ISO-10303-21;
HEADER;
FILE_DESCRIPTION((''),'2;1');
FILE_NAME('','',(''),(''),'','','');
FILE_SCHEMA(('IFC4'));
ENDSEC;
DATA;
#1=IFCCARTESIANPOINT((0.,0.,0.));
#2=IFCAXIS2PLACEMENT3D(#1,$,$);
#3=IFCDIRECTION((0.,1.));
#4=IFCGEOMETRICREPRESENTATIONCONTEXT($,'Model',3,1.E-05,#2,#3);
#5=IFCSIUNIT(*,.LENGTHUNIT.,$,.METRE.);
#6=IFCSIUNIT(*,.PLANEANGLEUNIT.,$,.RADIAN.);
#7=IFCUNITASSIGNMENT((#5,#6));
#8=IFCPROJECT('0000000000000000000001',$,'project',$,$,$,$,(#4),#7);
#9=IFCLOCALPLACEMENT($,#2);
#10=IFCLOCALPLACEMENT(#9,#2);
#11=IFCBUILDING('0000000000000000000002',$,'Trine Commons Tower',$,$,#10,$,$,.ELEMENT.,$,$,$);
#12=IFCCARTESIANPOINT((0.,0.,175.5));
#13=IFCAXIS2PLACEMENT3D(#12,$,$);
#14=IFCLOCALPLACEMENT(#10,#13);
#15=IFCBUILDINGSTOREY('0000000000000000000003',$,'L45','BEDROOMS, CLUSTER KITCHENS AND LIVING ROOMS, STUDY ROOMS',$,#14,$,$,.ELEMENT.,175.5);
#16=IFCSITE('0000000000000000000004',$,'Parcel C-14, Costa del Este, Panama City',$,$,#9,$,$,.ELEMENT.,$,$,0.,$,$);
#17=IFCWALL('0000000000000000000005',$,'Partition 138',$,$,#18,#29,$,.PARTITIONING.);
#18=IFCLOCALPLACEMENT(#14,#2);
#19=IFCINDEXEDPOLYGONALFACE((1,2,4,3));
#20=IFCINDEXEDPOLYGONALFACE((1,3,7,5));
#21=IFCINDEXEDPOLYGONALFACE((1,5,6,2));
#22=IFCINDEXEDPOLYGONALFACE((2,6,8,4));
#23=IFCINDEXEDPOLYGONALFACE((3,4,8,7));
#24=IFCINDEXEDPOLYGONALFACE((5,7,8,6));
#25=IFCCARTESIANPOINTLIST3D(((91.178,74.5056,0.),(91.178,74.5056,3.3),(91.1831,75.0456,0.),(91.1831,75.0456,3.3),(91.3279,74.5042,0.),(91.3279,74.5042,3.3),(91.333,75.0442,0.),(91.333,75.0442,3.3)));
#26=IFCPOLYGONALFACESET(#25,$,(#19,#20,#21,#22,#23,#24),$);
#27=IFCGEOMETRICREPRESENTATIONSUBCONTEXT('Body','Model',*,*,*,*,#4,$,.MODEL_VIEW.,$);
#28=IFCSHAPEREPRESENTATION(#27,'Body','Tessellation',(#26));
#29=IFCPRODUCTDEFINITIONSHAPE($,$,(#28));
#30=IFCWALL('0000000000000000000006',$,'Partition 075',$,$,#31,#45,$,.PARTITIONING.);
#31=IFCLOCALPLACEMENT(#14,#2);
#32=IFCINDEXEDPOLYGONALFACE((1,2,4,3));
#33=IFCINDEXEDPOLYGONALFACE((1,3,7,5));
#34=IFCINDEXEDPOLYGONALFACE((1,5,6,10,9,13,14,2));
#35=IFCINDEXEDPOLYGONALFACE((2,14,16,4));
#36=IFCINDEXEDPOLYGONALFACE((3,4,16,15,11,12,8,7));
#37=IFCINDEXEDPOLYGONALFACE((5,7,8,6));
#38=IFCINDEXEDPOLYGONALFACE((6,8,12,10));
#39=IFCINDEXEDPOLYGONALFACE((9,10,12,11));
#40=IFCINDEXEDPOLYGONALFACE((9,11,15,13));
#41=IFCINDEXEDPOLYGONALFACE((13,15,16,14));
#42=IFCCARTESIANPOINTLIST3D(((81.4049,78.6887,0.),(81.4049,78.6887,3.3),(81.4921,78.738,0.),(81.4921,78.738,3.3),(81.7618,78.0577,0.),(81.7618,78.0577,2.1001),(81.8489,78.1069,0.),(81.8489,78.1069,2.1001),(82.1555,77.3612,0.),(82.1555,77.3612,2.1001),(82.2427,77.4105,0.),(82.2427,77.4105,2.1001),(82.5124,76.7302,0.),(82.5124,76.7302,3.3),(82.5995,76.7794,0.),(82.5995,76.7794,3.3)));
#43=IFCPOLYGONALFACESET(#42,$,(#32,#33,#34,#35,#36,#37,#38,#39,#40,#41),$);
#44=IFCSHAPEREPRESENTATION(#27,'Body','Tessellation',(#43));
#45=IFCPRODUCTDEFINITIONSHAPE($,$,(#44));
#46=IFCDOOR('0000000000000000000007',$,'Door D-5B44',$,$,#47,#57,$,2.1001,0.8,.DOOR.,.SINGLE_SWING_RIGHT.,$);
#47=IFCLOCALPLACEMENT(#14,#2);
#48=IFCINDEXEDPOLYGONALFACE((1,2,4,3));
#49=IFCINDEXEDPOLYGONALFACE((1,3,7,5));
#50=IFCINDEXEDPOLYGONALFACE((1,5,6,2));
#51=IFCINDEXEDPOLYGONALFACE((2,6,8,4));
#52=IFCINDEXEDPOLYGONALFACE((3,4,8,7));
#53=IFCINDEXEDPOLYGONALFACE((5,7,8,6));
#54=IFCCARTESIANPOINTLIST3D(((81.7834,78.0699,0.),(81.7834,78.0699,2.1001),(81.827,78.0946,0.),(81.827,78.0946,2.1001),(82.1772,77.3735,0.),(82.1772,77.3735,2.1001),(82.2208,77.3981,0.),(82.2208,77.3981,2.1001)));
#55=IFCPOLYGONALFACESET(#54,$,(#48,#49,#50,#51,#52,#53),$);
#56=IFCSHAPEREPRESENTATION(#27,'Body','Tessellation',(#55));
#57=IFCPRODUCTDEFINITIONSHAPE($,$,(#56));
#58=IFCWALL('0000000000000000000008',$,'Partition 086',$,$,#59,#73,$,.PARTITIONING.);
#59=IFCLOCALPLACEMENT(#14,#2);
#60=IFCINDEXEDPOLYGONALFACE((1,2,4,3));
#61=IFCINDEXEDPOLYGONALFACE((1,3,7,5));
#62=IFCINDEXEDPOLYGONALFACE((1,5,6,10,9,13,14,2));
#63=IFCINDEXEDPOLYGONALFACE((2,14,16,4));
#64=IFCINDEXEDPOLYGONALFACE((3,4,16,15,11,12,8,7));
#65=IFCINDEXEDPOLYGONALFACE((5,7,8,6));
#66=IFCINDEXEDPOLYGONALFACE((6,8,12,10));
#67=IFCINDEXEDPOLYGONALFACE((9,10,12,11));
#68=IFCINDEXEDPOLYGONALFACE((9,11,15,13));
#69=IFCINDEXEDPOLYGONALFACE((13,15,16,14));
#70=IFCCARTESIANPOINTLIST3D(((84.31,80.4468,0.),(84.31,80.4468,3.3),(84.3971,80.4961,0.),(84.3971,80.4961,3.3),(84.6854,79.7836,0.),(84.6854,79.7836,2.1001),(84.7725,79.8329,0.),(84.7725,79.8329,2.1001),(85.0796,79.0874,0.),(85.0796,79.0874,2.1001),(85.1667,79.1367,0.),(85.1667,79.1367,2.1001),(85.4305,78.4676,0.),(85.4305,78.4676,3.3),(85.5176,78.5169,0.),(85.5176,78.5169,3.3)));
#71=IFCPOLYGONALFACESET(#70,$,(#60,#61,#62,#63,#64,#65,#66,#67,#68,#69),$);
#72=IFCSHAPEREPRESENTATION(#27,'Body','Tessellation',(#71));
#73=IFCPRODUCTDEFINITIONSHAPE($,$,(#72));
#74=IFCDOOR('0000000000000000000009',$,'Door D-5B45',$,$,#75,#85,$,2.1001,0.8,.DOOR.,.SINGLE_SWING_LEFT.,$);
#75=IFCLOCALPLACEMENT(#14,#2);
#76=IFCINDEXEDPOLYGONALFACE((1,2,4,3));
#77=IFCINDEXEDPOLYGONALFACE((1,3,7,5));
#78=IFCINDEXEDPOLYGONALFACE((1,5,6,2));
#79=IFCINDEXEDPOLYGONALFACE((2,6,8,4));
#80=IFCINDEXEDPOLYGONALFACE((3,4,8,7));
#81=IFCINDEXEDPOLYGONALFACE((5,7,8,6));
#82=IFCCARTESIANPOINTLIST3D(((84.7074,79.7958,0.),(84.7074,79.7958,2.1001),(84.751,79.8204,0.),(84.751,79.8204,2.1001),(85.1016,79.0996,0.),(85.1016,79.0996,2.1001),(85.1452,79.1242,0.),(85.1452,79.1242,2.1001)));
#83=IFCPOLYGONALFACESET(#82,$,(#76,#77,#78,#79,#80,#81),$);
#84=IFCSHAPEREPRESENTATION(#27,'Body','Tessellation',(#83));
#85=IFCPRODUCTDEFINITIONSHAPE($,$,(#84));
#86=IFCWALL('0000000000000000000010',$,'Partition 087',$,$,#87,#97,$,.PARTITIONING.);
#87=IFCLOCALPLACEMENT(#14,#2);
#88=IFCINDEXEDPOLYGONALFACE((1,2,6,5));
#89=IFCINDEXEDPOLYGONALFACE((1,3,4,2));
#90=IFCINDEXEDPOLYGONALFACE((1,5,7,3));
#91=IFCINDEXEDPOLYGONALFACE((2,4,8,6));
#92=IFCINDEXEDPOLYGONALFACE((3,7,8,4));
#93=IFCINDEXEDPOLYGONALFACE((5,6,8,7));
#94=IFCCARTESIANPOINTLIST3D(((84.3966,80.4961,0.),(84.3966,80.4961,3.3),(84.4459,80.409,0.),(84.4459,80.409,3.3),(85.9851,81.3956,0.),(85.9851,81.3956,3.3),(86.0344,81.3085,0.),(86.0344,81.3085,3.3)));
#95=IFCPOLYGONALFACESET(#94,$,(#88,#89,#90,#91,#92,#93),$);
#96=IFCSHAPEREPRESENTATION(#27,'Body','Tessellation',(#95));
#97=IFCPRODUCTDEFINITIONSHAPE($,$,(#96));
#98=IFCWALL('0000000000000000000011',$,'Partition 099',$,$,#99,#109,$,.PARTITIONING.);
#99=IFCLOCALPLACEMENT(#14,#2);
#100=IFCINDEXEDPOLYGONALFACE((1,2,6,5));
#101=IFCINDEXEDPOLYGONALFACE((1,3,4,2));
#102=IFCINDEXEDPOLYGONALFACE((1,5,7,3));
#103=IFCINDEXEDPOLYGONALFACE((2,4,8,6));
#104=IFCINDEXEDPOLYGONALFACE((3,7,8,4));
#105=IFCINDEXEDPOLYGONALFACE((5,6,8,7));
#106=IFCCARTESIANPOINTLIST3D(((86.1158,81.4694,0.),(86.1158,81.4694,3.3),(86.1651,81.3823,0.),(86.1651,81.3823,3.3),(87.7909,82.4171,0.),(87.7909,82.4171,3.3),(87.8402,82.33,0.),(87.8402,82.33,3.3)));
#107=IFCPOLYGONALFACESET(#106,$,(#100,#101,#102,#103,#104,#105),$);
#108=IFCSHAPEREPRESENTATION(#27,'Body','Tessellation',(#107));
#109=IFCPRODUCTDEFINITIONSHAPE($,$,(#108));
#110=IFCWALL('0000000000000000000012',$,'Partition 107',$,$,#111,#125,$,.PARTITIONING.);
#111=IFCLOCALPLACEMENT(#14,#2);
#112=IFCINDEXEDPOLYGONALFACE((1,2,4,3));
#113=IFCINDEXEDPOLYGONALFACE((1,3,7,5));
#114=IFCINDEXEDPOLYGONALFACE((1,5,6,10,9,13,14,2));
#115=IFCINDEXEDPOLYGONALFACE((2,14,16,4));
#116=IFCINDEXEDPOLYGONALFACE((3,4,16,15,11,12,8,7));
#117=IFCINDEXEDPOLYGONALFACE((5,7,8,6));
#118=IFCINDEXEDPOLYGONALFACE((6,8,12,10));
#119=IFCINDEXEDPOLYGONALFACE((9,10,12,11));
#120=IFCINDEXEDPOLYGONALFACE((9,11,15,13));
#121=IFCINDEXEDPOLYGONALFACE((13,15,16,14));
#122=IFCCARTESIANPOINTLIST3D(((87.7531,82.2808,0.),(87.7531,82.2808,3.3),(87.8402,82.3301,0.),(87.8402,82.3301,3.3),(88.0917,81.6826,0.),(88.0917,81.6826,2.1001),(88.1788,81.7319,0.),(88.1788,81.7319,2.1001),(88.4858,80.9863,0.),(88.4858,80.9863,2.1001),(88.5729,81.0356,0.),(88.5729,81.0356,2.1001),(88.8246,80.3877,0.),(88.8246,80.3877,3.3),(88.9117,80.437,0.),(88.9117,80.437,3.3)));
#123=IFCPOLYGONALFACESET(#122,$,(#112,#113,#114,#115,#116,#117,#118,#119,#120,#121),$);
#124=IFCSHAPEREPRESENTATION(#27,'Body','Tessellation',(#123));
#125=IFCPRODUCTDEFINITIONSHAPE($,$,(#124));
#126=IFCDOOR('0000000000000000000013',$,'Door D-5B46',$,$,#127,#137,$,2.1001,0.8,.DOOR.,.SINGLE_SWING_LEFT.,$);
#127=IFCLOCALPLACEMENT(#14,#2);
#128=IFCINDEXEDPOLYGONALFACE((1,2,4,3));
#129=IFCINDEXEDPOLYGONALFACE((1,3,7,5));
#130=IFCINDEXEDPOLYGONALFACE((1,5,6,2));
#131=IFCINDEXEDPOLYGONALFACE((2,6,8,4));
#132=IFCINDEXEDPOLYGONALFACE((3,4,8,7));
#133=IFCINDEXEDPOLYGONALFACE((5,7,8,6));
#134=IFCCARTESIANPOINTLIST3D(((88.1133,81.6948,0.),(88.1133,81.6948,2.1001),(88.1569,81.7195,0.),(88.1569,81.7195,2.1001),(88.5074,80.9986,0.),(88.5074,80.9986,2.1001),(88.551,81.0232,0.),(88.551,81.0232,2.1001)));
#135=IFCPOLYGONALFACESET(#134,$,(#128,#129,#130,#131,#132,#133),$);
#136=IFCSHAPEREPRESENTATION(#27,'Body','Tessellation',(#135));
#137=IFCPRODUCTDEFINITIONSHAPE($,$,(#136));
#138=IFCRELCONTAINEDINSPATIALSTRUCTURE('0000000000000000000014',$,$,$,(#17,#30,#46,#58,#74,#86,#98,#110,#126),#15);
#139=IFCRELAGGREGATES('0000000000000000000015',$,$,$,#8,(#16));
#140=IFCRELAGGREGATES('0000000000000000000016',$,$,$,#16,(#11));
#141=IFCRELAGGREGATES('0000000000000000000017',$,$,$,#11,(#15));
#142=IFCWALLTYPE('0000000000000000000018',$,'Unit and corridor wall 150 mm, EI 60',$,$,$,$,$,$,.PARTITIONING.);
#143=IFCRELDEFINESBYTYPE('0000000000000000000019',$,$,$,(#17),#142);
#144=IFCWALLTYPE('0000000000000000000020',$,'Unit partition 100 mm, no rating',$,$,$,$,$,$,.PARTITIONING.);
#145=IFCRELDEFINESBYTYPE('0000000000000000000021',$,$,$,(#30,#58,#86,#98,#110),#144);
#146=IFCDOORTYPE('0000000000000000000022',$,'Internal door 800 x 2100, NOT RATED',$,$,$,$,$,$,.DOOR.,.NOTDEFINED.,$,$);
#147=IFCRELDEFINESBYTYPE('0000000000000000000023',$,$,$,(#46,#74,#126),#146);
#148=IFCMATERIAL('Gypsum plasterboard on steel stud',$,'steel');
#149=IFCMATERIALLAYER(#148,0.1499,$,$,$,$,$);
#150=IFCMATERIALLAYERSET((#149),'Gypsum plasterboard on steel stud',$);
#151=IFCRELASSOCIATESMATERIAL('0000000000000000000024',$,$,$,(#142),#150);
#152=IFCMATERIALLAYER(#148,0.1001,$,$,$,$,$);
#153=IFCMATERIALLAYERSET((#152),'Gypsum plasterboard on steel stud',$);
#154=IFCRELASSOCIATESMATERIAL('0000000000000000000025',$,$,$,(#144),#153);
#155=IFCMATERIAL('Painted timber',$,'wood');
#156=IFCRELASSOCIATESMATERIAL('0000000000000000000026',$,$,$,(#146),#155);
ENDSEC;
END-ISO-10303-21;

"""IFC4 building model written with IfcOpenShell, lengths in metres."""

from ifc_helpers import new_model, si_unit, direction, frame, frame_2d, origin, place, context, subcontext, project, spatial, rectangle, extrude, material, layer, layer_set, type_object, element, fill, save


model = new_model("IFC4")

# Units and contexts
model_context = context("Model", 3, precision=1e-05, world=origin(), true_north=direction((0.0, 1.0)))
body_context = subcontext(model_context, "Body", "Model", "MODEL_VIEW")
ifc_project = project(units=[si_unit("LENGTHUNIT", "METRE"), si_unit("PLANEANGLEUNIT", "RADIAN")], contexts=[model_context])

# Site, building, storey
site_placement = place(None, origin())
site = spatial("IfcSite", under=ifc_project, at=site_placement, Name="Parcel C-14, Costa del Este, Panama City", CompositionType="ELEMENT", RefElevation=0.0)
building_placement = place(site_placement, origin())
building = spatial("IfcBuilding", under=site, at=building_placement, Name="Trine Commons Tower", CompositionType="ELEMENT")
storey_placement = place(building_placement, frame((0.0, 0.0, 175.5)))
storey = spatial("IfcBuildingStorey", under=building, at=storey_placement, Name="L45", Description="BEDROOMS, CLUSTER KITCHENS AND LIVING ROOMS, STUDY ROOMS", CompositionType="ELEMENT", Elevation=175.5)

# Shared definitions
ifc_material_1 = material(Name="Gypsum plasterboard on steel stud", Category="steel")
ifc_layer_1 = layer(ifc_material_1, 0.1499)
ifc_layer_set_1 = layer_set([ifc_layer_1], Name="Gypsum plasterboard on steel stud")
wall_type_1 = type_object("IfcWallType", Name="Unit and corridor wall 150 mm, EI 60", PredefinedType="PARTITIONING", material=ifc_layer_set_1)

# Wall
wall_1_placement = place(storey_placement, frame((91.2529, 74.5049, 0.0), z_axis=(0.0, 0.0, 1.0), x_axis=(0.009493, 0.999955, 0.0)))
element("IfcWall", 1, at=wall_1_placement, inside=storey, type_object=wall_type_1, Name="Partition 138", PredefinedType="PARTITIONING", context=body_context, shape_type="SweptSolid", body=[
    extrude(rectangle(XDim=0.54, YDim=0.1499, at=frame_2d((0.27, 0.0))), origin(), (0.0, 0.0, 1.0), 3.3),
])

# Walls, openings, doors
ifc_layer_2 = layer(ifc_material_1, 0.1001)
ifc_layer_set_2 = layer_set([ifc_layer_2], Name="Gypsum plasterboard on steel stud")
wall_type_2 = type_object("IfcWallType", Name="Unit partition 100 mm, no rating", PredefinedType="PARTITIONING", material=ifc_layer_set_2)
wall_2_placement = place(storey_placement, frame((81.4485, 78.7134, 0.0), z_axis=(0.0, 0.0, 1.0), x_axis=(0.492207, -0.870478, 0.0)))
wall_2 = element("IfcWall", 2, at=wall_2_placement, inside=storey, type_object=wall_type_2, Name="Partition 075", PredefinedType="PARTITIONING", context=body_context, shape_type="SweptSolid", body=[
    extrude(rectangle(XDim=2.25, YDim=0.1001, at=frame_2d((1.125, 0.0))), origin(), (0.0, 0.0, 1.0), 3.3),
])
opening_1_placement = place(wall_2_placement, frame((0.7251, 0.0, 0.0)))
opening_1 = element("IfcOpeningElement", 3, at=opening_1_placement, cuts=wall_2, PredefinedType="OPENING", context=body_context, shape_type="SweptSolid", body=[
    extrude(rectangle(XDim=0.8, YDim=2.1001, at=frame_2d((0.3999, 1.05))), frame((0.0, 0.0601, 0.0), z_axis=(0.0, -1.0, 0.0), x_axis=(1.0, 0.0, 0.0)), (0.0, 0.0, 1.0), 0.1201),
])
ifc_material_2 = material(Name="Painted timber", Category="wood")
door_type_1 = type_object("IfcDoorType", Name="Internal door 800 x 2100, NOT RATED", OperationType="NOTDEFINED", PredefinedType="DOOR", material=ifc_material_2)
door_1_placement = place(opening_1_placement, origin())
door_1 = element("IfcDoor", 4, at=door_1_placement, inside=storey, type_object=door_type_1, Name="Door D-5B44", OperationType="SINGLE_SWING_RIGHT", OverallHeight=2.1001, OverallWidth=0.8, PredefinedType="DOOR", context=body_context, shape_type="SweptSolid", body=[
    extrude(rectangle(XDim=0.8, YDim=2.1001, at=frame_2d((0.3999, 1.05))), frame((0.0, 0.0249, 0.0), z_axis=(0.0, -1.0, 0.0), x_axis=(1.0, 0.0, 0.0)), (0.0, 0.0, 1.0), 0.05),
])
fill(opening_1, door_1)
wall_3_placement = place(storey_placement, frame((84.3535, 80.4714, 0.0), z_axis=(0.0, 0.0, 1.0), x_axis=(0.49269, -0.870205, 0.0)))
wall_3 = element("IfcWall", 5, at=wall_3_placement, inside=storey, type_object=wall_type_2, Name="Partition 086", PredefinedType="PARTITIONING", context=body_context, shape_type="SweptSolid", body=[
    extrude(rectangle(XDim=2.2744, YDim=0.1001, at=frame_2d((1.1372, 0.0))), origin(), (0.0, 0.0, 1.0), 3.3),
])
opening_2_placement = place(wall_3_placement, frame((0.7622, 0.0, 0.0)))
opening_2 = element("IfcOpeningElement", 6, at=opening_2_placement, cuts=wall_3, PredefinedType="OPENING", context=body_context, shape_type="SweptSolid", body=[
    extrude(rectangle(XDim=0.8, YDim=2.1001, at=frame_2d((0.3999, 1.05))), frame((0.0, 0.0601, 0.0), z_axis=(0.0, -1.0, 0.0), x_axis=(1.0, 0.0, 0.0)), (0.0, 0.0, 1.0), 0.1201),
])
door_2_placement = place(opening_2_placement, frame((0.8, 0.0, 0.0), z_axis=(0.0, 0.0, 1.0), x_axis=(-1.0, 0.0, 0.0)))
door_2 = element("IfcDoor", 7, at=door_2_placement, inside=storey, type_object=door_type_1, Name="Door D-5B45", OperationType="SINGLE_SWING_LEFT", OverallHeight=2.1001, OverallWidth=0.8, PredefinedType="DOOR", context=body_context, shape_type="SweptSolid", body=[
    extrude(rectangle(XDim=0.8, YDim=2.1001, at=frame_2d((0.3999, 1.05))), frame((0.0, 0.0249, 0.0), z_axis=(0.0, -1.0, 0.0), x_axis=(1.0, 0.0, 0.0)), (0.0, 0.0, 1.0), 0.05),
])
fill(opening_2, door_2)

# Walls
wall_4_placement = place(storey_placement, frame((84.4214, 80.4526, 0.0), z_axis=(0.0, 0.0, 1.0), x_axis=(0.870179, 0.492736, 0.0)))
element("IfcWall", 8, at=wall_4_placement, inside=storey, type_object=wall_type_2, Name="Partition 087", PredefinedType="PARTITIONING", context=body_context, shape_type="SweptSolid", body=[
    extrude(rectangle(XDim=1.8254, YDim=0.1001, at=frame_2d((0.9126, 0.0))), origin(), (0.0, 0.0, 1.0), 3.3),
])
wall_5_placement = place(storey_placement, frame((86.1404, 81.4258, 0.0), z_axis=(0.0, 0.0, 1.0), x_axis=(0.870343, 0.492446, 0.0)))
element("IfcWall", 9, at=wall_5_placement, inside=storey, type_object=wall_type_2, Name="Partition 099", PredefinedType="PARTITIONING", context=body_context, shape_type="SweptSolid", body=[
    extrude(rectangle(XDim=1.9246, YDim=0.1001, at=frame_2d((0.9624, 0.0))), origin(), (0.0, 0.0, 1.0), 3.3),
])

# Wall, opening, door
wall_6_placement = place(storey_placement, frame((87.7966, 82.3054, 0.0), z_axis=(0.0, 0.0, 1.0), x_axis=(0.492593, -0.87026, 0.0)))
wall_6 = element("IfcWall", 10, at=wall_6_placement, inside=storey, type_object=wall_type_2, Name="Partition 107", PredefinedType="PARTITIONING", context=body_context, shape_type="SweptSolid", body=[
    extrude(rectangle(XDim=2.1753, YDim=0.1001, at=frame_2d((1.0876, 0.0))), origin(), (0.0, 0.0, 1.0), 3.3),
])
opening_3_placement = place(wall_6_placement, frame((0.6875, 0.0, 0.0)))
opening_3 = element("IfcOpeningElement", 11, at=opening_3_placement, cuts=wall_6, PredefinedType="OPENING", context=body_context, shape_type="SweptSolid", body=[
    extrude(rectangle(XDim=0.8, YDim=2.1001, at=frame_2d((0.3999, 1.05))), frame((0.0, 0.0601, 0.0), z_axis=(0.0, -1.0, 0.0), x_axis=(1.0, 0.0, 0.0)), (0.0, 0.0, 1.0), 0.1201),
])
door_3_placement = place(opening_3_placement, origin())
door_3 = element("IfcDoor", 12, at=door_3_placement, inside=storey, type_object=door_type_1, Name="Door D-5B46", OperationType="SINGLE_SWING_LEFT", OverallHeight=2.1001, OverallWidth=0.8, PredefinedType="DOOR", context=body_context, shape_type="SweptSolid", body=[
    extrude(rectangle(XDim=0.8, YDim=2.1001, at=frame_2d((0.3999, 1.05))), frame((0.0, 0.0249, 0.0), z_axis=(0.0, -1.0, 0.0), x_axis=(1.0, 0.0, 0.0)), (0.0, 0.0, 1.0), 0.05),
])
fill(opening_3, door_3)

save(model, "model.ifc")
